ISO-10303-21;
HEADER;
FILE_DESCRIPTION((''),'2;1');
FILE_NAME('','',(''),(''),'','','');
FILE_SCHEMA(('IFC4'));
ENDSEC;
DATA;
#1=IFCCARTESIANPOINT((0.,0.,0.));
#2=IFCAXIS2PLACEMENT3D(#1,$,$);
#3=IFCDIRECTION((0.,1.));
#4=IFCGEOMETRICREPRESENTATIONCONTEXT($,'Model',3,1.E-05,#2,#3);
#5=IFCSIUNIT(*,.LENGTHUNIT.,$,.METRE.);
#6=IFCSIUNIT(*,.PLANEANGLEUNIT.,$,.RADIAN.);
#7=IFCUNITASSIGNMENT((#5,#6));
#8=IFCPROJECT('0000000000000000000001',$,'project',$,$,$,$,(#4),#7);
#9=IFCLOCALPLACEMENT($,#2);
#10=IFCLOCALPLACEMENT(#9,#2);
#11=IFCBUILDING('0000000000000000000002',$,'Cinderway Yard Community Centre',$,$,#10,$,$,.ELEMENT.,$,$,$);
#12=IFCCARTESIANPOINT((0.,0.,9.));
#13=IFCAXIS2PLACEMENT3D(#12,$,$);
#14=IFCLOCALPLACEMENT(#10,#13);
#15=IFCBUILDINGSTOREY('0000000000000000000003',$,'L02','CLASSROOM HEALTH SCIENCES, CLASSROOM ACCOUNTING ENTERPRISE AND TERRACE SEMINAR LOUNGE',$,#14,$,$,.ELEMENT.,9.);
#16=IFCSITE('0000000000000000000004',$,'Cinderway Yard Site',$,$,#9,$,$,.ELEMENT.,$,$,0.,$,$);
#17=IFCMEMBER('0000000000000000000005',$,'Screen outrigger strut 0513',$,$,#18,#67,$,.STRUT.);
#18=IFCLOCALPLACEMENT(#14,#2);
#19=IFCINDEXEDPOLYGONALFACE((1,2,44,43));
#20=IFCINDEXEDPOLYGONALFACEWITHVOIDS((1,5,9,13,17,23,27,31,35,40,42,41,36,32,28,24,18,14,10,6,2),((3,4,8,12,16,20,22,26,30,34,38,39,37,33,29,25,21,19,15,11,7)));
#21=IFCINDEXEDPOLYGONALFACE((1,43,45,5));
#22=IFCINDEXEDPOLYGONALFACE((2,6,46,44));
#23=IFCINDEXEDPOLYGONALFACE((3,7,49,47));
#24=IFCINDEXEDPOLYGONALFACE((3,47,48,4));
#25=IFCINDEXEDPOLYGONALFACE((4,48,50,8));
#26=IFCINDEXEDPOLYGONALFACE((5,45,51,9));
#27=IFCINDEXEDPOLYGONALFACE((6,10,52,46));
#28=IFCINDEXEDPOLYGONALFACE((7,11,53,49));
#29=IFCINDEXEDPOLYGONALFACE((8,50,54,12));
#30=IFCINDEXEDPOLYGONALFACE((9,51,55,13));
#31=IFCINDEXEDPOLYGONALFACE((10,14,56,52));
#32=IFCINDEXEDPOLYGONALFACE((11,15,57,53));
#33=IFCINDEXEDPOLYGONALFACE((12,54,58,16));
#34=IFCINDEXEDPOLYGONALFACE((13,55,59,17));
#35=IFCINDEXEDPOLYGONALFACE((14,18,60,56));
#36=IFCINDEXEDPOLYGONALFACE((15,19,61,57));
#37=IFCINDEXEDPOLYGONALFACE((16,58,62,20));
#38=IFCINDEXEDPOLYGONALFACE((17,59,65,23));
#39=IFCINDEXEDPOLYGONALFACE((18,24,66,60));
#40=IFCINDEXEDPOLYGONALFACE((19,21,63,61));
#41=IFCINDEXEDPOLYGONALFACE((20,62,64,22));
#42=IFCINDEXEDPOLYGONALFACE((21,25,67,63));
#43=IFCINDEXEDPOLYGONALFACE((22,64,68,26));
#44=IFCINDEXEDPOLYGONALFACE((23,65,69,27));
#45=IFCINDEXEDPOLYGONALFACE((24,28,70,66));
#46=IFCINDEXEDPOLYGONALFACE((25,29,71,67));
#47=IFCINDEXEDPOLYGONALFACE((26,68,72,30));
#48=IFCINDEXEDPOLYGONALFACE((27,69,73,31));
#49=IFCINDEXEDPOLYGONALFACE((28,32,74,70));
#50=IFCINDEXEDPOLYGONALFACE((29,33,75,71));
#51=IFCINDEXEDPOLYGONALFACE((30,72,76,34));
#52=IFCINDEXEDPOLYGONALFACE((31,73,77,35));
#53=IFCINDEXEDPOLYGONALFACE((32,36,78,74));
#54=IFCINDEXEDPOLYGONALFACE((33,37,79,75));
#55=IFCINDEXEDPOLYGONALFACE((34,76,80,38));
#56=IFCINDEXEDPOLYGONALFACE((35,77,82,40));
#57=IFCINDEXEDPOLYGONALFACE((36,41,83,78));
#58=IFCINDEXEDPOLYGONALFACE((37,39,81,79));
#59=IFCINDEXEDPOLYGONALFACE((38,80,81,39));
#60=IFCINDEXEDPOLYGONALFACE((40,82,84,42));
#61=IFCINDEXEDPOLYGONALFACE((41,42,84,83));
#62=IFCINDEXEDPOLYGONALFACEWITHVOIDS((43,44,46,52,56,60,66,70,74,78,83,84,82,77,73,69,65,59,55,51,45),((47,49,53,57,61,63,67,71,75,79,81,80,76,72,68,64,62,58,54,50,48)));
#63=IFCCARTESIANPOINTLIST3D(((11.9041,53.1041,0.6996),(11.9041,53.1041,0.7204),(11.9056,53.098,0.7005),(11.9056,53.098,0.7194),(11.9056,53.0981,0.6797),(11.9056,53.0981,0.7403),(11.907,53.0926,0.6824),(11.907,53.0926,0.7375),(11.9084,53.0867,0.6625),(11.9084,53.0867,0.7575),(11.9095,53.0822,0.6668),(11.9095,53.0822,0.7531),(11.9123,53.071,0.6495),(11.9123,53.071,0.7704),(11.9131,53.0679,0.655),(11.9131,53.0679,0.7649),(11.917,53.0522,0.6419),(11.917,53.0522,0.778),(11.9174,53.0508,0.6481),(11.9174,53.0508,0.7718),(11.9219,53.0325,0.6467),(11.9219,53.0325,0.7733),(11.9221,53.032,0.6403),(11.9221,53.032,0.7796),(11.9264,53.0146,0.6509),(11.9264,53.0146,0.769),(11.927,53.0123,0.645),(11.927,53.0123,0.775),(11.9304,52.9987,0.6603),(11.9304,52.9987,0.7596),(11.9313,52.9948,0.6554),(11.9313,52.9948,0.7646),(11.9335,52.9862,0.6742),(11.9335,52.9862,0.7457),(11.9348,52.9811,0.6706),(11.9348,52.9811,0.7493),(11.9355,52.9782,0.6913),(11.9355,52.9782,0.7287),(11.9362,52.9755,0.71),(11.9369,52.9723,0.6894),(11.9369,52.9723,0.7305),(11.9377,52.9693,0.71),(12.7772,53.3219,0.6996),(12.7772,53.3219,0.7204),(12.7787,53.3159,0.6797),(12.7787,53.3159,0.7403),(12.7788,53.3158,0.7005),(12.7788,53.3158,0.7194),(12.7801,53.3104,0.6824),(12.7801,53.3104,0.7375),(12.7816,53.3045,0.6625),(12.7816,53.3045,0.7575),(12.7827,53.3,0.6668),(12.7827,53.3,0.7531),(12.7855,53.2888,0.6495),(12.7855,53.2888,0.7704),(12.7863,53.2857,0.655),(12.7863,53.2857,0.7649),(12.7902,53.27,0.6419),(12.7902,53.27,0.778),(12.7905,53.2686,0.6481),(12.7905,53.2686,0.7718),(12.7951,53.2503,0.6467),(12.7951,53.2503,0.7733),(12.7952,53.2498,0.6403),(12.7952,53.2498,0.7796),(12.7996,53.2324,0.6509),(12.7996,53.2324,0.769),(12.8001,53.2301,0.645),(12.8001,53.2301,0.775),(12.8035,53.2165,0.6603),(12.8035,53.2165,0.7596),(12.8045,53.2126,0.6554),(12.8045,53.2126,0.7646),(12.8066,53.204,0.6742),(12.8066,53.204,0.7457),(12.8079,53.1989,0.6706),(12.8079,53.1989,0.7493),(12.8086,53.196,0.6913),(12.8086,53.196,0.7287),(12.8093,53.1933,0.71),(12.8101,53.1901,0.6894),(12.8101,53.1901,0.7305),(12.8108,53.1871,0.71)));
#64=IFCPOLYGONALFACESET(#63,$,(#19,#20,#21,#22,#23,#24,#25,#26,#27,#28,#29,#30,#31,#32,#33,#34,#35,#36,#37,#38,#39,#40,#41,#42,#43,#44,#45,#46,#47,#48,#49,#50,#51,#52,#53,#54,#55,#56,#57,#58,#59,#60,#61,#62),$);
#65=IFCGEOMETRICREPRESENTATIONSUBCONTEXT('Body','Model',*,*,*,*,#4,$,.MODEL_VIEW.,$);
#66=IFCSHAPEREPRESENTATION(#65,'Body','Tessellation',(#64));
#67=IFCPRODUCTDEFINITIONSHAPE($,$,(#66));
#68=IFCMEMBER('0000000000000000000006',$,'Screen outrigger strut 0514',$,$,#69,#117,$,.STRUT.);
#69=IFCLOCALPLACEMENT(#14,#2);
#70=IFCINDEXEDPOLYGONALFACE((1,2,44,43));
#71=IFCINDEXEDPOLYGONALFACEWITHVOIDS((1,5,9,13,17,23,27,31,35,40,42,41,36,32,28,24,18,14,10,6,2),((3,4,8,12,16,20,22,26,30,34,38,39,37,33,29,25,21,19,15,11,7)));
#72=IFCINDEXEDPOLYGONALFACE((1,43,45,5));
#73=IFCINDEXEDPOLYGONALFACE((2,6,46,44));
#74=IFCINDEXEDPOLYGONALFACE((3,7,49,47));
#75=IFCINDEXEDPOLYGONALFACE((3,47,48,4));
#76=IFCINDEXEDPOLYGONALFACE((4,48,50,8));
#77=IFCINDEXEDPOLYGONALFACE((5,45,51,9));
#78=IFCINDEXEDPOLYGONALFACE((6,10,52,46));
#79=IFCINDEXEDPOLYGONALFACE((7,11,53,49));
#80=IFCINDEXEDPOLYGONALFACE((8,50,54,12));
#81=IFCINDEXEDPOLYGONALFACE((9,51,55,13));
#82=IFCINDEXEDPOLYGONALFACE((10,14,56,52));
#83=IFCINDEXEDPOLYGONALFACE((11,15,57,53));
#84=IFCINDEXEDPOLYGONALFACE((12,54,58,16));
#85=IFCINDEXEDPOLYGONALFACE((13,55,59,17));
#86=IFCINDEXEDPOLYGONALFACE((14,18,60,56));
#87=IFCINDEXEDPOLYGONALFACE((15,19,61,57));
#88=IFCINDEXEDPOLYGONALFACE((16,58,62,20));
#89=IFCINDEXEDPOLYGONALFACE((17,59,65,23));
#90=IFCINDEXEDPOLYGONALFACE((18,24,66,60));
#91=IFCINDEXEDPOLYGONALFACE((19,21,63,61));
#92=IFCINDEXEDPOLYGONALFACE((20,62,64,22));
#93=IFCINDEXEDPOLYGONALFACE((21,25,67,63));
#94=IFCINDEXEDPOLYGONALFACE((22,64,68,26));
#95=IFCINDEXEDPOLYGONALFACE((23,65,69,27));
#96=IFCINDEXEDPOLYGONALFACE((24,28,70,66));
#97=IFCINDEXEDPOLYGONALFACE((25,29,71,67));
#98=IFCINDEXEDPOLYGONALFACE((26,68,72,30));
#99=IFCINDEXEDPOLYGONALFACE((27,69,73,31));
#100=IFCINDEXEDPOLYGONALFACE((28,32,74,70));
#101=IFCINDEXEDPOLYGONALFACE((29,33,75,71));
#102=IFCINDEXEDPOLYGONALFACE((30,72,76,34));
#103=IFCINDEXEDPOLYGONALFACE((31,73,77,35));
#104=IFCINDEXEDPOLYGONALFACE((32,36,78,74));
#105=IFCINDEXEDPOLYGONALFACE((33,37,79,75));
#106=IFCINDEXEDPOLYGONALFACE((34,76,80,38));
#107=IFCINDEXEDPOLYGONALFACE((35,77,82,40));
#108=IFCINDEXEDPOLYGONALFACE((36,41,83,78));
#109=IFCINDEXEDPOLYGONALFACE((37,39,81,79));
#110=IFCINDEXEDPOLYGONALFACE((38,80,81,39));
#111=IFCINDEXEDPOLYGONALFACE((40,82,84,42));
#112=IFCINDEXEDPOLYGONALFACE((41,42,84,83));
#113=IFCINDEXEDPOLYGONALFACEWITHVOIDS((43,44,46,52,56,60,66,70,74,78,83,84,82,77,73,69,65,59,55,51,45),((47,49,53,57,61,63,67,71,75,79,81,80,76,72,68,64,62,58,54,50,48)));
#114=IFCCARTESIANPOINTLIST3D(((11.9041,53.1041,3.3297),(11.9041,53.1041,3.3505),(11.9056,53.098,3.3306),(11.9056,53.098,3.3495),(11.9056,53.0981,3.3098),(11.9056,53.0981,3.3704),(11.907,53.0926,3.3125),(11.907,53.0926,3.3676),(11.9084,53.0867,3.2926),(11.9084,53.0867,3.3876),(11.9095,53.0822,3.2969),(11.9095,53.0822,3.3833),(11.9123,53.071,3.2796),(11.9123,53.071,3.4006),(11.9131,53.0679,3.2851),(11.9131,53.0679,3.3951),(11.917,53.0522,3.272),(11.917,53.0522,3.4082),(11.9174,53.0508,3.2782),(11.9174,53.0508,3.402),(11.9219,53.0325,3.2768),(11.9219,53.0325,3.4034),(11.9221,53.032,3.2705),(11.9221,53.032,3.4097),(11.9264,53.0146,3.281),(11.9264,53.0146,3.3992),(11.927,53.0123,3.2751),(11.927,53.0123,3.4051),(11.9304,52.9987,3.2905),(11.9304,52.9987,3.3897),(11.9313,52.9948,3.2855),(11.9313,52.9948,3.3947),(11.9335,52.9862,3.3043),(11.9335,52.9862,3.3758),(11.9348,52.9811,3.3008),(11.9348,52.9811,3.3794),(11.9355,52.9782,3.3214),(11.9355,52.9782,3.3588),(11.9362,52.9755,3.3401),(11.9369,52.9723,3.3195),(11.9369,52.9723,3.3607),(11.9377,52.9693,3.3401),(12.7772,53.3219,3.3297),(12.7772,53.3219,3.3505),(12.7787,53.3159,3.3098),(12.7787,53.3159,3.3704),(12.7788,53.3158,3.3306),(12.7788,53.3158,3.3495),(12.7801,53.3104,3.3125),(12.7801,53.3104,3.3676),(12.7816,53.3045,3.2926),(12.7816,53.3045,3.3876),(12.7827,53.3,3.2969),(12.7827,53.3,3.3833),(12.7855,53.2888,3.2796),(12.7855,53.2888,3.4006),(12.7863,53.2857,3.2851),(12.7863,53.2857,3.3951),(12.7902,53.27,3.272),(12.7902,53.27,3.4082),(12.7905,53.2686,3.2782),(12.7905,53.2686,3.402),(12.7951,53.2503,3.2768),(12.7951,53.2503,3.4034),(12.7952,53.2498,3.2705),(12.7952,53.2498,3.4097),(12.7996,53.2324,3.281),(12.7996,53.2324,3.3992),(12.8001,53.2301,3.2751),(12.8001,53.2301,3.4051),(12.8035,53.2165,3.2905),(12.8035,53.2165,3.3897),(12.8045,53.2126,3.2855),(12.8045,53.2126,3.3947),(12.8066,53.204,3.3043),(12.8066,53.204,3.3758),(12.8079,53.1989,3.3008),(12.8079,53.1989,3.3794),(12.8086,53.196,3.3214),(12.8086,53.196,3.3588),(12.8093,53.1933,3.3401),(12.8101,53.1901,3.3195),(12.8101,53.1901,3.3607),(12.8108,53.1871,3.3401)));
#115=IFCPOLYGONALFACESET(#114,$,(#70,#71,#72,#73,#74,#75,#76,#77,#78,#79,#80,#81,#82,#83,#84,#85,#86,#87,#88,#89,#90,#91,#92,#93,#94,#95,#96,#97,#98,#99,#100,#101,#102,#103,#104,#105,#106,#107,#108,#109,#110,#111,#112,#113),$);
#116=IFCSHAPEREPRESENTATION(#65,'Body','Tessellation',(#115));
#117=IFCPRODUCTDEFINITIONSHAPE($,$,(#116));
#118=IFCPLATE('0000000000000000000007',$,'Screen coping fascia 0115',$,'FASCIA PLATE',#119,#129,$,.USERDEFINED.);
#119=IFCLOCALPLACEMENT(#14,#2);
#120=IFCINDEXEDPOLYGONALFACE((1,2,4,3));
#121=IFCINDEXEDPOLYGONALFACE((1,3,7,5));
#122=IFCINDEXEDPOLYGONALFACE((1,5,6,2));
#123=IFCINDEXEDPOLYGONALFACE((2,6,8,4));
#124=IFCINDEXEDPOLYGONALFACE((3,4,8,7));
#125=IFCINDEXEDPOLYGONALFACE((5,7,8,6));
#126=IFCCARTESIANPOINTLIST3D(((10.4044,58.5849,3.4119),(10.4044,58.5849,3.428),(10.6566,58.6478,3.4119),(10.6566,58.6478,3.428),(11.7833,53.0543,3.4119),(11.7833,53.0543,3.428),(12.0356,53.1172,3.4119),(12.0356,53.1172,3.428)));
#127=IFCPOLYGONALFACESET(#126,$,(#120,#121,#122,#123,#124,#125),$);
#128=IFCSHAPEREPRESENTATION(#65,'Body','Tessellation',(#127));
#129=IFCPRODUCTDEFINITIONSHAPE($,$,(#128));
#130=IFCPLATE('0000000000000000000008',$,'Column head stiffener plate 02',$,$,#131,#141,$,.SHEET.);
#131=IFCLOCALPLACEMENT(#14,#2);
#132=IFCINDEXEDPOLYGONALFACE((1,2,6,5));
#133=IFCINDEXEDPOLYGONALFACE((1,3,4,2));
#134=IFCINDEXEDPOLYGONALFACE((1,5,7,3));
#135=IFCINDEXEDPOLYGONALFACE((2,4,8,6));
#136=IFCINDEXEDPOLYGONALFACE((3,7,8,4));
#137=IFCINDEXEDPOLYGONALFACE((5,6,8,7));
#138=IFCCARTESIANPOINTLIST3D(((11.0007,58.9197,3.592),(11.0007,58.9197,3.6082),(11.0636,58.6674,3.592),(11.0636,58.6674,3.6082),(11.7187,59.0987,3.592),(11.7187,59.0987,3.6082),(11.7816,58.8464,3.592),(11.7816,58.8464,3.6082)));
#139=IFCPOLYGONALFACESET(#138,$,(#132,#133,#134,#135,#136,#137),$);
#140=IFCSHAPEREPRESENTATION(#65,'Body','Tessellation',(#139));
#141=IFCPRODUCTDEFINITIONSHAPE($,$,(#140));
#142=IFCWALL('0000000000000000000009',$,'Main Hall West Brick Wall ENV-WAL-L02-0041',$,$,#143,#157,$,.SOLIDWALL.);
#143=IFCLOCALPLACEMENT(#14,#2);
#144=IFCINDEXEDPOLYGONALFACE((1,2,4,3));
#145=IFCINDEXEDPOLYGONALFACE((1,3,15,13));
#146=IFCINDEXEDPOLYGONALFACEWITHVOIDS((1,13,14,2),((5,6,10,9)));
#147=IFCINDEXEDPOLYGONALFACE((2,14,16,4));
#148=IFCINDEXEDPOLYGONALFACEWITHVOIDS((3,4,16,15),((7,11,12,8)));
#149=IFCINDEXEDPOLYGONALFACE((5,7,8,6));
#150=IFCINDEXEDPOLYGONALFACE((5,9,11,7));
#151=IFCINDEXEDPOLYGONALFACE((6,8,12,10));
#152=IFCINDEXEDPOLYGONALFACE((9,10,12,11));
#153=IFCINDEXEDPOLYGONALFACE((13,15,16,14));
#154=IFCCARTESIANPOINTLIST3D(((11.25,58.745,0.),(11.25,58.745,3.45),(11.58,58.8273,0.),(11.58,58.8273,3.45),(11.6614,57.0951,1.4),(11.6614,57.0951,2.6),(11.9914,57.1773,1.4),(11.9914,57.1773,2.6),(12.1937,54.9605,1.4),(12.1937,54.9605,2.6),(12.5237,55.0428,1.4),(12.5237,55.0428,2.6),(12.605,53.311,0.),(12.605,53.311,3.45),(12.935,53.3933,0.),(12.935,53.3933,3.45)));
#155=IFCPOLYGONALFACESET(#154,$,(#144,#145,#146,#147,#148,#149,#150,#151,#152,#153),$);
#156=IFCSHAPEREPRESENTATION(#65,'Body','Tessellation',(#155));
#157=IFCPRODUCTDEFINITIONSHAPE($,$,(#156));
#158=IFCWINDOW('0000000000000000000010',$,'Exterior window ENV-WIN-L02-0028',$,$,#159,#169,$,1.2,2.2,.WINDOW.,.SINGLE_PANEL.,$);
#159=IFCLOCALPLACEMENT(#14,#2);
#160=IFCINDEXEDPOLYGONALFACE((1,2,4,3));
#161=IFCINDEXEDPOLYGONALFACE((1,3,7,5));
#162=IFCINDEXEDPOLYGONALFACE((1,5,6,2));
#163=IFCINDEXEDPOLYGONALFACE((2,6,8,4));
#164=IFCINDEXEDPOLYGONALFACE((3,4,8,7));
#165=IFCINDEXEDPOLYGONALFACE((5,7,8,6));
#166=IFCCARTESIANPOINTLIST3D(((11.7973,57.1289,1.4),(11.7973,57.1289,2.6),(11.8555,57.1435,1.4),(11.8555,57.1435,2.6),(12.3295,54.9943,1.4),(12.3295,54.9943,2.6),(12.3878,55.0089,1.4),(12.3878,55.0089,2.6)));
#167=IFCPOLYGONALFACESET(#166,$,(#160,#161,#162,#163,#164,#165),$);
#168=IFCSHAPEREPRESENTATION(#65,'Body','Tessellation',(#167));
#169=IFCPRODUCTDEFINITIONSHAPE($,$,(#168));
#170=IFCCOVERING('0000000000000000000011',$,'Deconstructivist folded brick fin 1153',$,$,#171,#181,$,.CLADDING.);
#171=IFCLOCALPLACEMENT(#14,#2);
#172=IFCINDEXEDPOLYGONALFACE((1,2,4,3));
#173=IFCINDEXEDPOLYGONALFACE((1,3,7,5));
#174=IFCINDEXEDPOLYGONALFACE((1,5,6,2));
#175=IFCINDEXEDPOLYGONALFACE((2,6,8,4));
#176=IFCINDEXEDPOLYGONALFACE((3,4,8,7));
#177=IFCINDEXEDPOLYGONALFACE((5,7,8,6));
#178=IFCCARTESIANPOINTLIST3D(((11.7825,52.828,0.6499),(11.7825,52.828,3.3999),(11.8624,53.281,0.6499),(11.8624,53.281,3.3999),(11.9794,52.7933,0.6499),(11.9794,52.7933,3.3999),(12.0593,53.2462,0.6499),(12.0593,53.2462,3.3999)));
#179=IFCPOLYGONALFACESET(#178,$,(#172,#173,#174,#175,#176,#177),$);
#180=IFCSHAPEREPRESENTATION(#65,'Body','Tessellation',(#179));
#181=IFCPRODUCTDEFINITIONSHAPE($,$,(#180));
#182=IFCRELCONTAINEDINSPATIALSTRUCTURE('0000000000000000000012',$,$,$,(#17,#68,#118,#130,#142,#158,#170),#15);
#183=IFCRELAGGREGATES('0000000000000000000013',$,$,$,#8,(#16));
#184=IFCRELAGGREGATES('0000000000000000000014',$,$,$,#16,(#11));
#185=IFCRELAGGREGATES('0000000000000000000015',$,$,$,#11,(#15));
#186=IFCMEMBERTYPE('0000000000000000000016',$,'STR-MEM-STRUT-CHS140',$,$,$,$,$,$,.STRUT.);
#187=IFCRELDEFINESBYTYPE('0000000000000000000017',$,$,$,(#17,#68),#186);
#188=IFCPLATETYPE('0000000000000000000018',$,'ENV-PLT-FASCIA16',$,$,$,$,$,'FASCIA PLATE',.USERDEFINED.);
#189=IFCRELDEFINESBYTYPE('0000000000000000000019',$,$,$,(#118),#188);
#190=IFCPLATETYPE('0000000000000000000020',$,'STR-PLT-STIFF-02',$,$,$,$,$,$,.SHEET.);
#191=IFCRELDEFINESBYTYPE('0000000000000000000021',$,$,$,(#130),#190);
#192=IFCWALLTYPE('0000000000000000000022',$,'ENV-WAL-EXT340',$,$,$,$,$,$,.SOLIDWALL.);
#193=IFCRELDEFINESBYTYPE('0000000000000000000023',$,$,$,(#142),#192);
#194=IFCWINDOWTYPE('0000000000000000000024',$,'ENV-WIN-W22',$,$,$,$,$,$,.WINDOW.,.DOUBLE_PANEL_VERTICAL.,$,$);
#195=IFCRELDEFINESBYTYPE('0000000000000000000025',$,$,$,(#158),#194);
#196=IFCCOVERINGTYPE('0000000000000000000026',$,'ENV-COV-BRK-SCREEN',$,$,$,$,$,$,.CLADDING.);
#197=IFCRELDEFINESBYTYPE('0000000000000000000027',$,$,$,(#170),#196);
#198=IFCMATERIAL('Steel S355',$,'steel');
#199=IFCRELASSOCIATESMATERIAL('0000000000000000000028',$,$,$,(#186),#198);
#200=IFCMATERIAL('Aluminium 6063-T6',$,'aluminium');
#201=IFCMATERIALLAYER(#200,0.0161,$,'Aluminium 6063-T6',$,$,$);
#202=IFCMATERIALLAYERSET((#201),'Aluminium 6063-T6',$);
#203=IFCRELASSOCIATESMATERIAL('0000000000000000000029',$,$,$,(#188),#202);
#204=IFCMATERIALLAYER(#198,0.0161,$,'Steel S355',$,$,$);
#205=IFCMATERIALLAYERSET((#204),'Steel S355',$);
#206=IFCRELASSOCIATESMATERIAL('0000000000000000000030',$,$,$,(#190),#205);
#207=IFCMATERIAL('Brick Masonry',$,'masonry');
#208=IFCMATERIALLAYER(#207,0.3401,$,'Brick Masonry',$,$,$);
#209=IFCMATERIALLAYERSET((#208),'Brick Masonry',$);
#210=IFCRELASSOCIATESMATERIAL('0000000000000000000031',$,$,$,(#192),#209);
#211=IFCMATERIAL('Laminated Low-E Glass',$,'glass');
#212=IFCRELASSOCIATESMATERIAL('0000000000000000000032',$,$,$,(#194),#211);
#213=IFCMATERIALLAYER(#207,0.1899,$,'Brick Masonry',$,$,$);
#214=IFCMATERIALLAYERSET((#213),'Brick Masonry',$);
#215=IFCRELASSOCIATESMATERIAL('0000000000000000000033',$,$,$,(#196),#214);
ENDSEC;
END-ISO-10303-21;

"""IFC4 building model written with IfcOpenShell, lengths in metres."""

from ifc_helpers import new_model, si_unit, direction, frame, frame_2d, origin, origin_2d, place, context, subcontext, project, spatial, rectangle, hollow_circle, extrude, material, layer, layer_set, material_profile, profile_set, type_object, element, fill, save


model = new_model("IFC4")

# Units and contexts
model_context = context("Model", 3, precision=1e-05, world=origin(), true_north=direction((0.0, 1.0)))
body_context = subcontext(model_context, "Body", "Model", "MODEL_VIEW")
ifc_project = project(units=[si_unit("LENGTHUNIT", "METRE"), si_unit("PLANEANGLEUNIT", "RADIAN")], contexts=[model_context])

# Site, building, storey
site_placement = place(None, origin())
site = spatial("IfcSite", under=ifc_project, at=site_placement, Name="Cinderway Yard Site", CompositionType="ELEMENT", RefElevation=0.0)
building_placement = place(site_placement, origin())
building = spatial("IfcBuilding", under=site, at=building_placement, Name="Cinderway Yard Community Centre", CompositionType="ELEMENT")
storey_placement = place(building_placement, frame((0.0, 0.0, 9.0)))
storey = spatial("IfcBuildingStorey", under=building, at=storey_placement, Name="L02", Description="CLASSROOM HEALTH SCIENCES, CLASSROOM ACCOUNTING ENTERPRISE AND TERRACE SEMINAR LOUNGE", CompositionType="ELEMENT", Elevation=9.0)

# Shared definitions
ifc_material_1 = material(Name="Steel S355", Category="steel")

# Members
ifc_material_profile_1 = material_profile(ifc_material_1, hollow_circle(Radius=0.0698, WallThickness=0.0063, at=origin_2d()), Name="Steel S355")
ifc_profile_set_1 = profile_set([ifc_material_profile_1], Name="Steel S355")
member_type_1 = type_object("IfcMemberType", Name="STR-MEM-STRUT-CHS140", PredefinedType="STRUT", material=ifc_profile_set_1)
for number, where, z_axis, x_axis, name in (
    (1, (12.7939, 53.2549, 0.71), (-0.97027, -0.242025, 0.0), (0.242025, -0.97027, 0.0), "Screen outrigger strut 0513"),
    (2, (12.7939, 53.2549, 3.3401), (-0.97027, -0.242025, 0.0), (0.242025, -0.97027, 0.0), "Screen outrigger strut 0514"),
):
    element("IfcMember", number, at=place(storey_placement, frame(where, z_axis=z_axis, x_axis=x_axis)), inside=storey, type_object=member_type_1, Name=name, PredefinedType="STRUT", context=body_context, shape_type="SweptSolid", body=[
        extrude(hollow_circle(Radius=0.0698, WallThickness=0.0063, at=origin_2d()), origin(), (0.0, 0.0, 1.0), 0.8999),
    ])

# Plates
ifc_material_2 = material(Name="Aluminium 6063-T6", Category="aluminium")
ifc_layer_1 = layer(ifc_material_2, 0.0161, Name="Aluminium 6063-T6")
ifc_layer_set_1 = layer_set([ifc_layer_1], Name="Aluminium 6063-T6")
plate_type_1 = type_object("IfcPlateType", Name="ENV-PLT-FASCIA16", ElementType="FASCIA PLATE", PredefinedType="USERDEFINED", material=ifc_layer_set_1)
plate_1_placement = place(storey_placement, frame((11.22, 55.8511, 3.4119), z_axis=(0.0, 0.0, 1.0), x_axis=(-0.241922, 0.970296, 0.0)))
element("IfcPlate", 3, at=plate_1_placement, inside=storey, type_object=plate_type_1, Name="Screen coping fascia 0115", ObjectType="FASCIA PLATE", PredefinedType="USERDEFINED", context=body_context, shape_type="SweptSolid", body=[
    extrude(rectangle(XDim=5.7, YDim=0.26, at=origin_2d()), origin(), (0.0, 0.0, 1.0), 0.0161),
])
ifc_layer_2 = layer(ifc_material_1, 0.0161, Name="Steel S355")
ifc_layer_set_2 = layer_set([ifc_layer_2], Name="Steel S355")
plate_type_2 = type_object("IfcPlateType", Name="STR-PLT-STIFF-02", PredefinedType="SHEET", material=ifc_layer_set_2)
plate_2_placement = place(storey_placement, frame((11.3911, 58.8831, 3.592), z_axis=(0.0, 0.0, 1.0), x_axis=(0.970296, 0.241922, 0.0)))
element("IfcPlate", 4, at=plate_2_placement, inside=storey, type_object=plate_type_2, Name="Column head stiffener plate 02", PredefinedType="SHEET", context=body_context, shape_type="SweptSolid", body=[
    extrude(rectangle(XDim=0.74, YDim=0.26, at=origin_2d()), origin(), (0.0, 0.0, 1.0), 0.0161),
])

# Wall, opening, window
ifc_material_3 = material(Name="Brick Masonry", Category="masonry")
ifc_layer_3 = layer(ifc_material_3, 0.3401, Name="Brick Masonry")
ifc_layer_set_3 = layer_set([ifc_layer_3], Name="Brick Masonry")
wall_type = type_object("IfcWallType", Name="ENV-WAL-EXT340", PredefinedType="SOLIDWALL", material=ifc_layer_set_3)
wall_placement = place(storey_placement, frame((12.77, 53.3521, 0.0), z_axis=(0.0, 0.0, 1.0), x_axis=(-0.241951, 0.970288, 0.0)))
wall = element("IfcWall", 5, at=wall_placement, inside=storey, type_object=wall_type, Name="Main Hall West Brick Wall ENV-WAL-L02-0041", PredefinedType="SOLIDWALL", context=body_context, shape_type="SweptSolid", body=[
    extrude(rectangle(XDim=5.6003, YDim=0.3401, at=frame_2d((2.8003, 0.0))), origin(), (0.0, 0.0, 1.0), 3.45),
])
opening_placement = place(wall_placement, frame((1.7, 0.0, 1.3999)))
opening = element("IfcOpeningElement", 6, at=opening_placement, cuts=wall, PredefinedType="OPENING", context=body_context, shape_type="SweptSolid", body=[
    extrude(rectangle(XDim=2.2, YDim=1.2, at=frame_2d((1.1001, 0.6001))), frame((0.0, 0.1799, 0.0), z_axis=(0.0, -1.0, 0.0), x_axis=(1.0, 0.0, 0.0)), (0.0, 0.0, 1.0), 0.3601),
])
ifc_material_4 = material(Name="Laminated Low-E Glass", Category="glass")
window_type = type_object("IfcWindowType", Name="ENV-WIN-W22", PartitioningType="DOUBLE_PANEL_VERTICAL", PredefinedType="WINDOW", material=ifc_material_4)
window_placement = place(opening_placement, origin())
window = element("IfcWindow", 7, at=window_placement, inside=storey, type_object=window_type, Name="Exterior window ENV-WIN-L02-0028", OverallHeight=1.2, OverallWidth=2.2, PartitioningType="SINGLE_PANEL", PredefinedType="WINDOW", context=body_context, shape_type="SweptSolid", body=[
    extrude(rectangle(XDim=2.2, YDim=1.2, at=frame_2d((1.1001, 0.6001))), frame((0.0, 0.03, 0.0), z_axis=(0.0, -1.0, 0.0), x_axis=(1.0, 0.0, 0.0)), (0.0, 0.0, 1.0), 0.0601),
])
fill(opening, window)

# Covering
ifc_layer_4 = layer(ifc_material_3, 0.1899, Name="Brick Masonry")
ifc_layer_set_4 = layer_set([ifc_layer_4], Name="Brick Masonry")
covering_type = type_object("IfcCoveringType", Name="ENV-COV-BRK-SCREEN", PredefinedType="CLADDING", material=ifc_layer_set_4)
for number, where, z_axis, x_axis, name in (
    (8, (11.9209, 53.0371, 0.6499), (0.0, 0.0, 1.0), (0.173648, 0.984808, 0.0), "Deconstructivist folded brick fin 1153"),
):
    element("IfcCovering", number, at=place(storey_placement, frame(where, z_axis=z_axis, x_axis=x_axis)), inside=storey, type_object=covering_type, Name=name, PredefinedType="CLADDING", context=body_context, shape_type="SweptSolid", body=[
        extrude(rectangle(XDim=0.46, YDim=0.2, at=origin_2d()), origin(), (0.0, 0.0, 1.0), 2.75),
    ])

save(model, "model.ifc")
